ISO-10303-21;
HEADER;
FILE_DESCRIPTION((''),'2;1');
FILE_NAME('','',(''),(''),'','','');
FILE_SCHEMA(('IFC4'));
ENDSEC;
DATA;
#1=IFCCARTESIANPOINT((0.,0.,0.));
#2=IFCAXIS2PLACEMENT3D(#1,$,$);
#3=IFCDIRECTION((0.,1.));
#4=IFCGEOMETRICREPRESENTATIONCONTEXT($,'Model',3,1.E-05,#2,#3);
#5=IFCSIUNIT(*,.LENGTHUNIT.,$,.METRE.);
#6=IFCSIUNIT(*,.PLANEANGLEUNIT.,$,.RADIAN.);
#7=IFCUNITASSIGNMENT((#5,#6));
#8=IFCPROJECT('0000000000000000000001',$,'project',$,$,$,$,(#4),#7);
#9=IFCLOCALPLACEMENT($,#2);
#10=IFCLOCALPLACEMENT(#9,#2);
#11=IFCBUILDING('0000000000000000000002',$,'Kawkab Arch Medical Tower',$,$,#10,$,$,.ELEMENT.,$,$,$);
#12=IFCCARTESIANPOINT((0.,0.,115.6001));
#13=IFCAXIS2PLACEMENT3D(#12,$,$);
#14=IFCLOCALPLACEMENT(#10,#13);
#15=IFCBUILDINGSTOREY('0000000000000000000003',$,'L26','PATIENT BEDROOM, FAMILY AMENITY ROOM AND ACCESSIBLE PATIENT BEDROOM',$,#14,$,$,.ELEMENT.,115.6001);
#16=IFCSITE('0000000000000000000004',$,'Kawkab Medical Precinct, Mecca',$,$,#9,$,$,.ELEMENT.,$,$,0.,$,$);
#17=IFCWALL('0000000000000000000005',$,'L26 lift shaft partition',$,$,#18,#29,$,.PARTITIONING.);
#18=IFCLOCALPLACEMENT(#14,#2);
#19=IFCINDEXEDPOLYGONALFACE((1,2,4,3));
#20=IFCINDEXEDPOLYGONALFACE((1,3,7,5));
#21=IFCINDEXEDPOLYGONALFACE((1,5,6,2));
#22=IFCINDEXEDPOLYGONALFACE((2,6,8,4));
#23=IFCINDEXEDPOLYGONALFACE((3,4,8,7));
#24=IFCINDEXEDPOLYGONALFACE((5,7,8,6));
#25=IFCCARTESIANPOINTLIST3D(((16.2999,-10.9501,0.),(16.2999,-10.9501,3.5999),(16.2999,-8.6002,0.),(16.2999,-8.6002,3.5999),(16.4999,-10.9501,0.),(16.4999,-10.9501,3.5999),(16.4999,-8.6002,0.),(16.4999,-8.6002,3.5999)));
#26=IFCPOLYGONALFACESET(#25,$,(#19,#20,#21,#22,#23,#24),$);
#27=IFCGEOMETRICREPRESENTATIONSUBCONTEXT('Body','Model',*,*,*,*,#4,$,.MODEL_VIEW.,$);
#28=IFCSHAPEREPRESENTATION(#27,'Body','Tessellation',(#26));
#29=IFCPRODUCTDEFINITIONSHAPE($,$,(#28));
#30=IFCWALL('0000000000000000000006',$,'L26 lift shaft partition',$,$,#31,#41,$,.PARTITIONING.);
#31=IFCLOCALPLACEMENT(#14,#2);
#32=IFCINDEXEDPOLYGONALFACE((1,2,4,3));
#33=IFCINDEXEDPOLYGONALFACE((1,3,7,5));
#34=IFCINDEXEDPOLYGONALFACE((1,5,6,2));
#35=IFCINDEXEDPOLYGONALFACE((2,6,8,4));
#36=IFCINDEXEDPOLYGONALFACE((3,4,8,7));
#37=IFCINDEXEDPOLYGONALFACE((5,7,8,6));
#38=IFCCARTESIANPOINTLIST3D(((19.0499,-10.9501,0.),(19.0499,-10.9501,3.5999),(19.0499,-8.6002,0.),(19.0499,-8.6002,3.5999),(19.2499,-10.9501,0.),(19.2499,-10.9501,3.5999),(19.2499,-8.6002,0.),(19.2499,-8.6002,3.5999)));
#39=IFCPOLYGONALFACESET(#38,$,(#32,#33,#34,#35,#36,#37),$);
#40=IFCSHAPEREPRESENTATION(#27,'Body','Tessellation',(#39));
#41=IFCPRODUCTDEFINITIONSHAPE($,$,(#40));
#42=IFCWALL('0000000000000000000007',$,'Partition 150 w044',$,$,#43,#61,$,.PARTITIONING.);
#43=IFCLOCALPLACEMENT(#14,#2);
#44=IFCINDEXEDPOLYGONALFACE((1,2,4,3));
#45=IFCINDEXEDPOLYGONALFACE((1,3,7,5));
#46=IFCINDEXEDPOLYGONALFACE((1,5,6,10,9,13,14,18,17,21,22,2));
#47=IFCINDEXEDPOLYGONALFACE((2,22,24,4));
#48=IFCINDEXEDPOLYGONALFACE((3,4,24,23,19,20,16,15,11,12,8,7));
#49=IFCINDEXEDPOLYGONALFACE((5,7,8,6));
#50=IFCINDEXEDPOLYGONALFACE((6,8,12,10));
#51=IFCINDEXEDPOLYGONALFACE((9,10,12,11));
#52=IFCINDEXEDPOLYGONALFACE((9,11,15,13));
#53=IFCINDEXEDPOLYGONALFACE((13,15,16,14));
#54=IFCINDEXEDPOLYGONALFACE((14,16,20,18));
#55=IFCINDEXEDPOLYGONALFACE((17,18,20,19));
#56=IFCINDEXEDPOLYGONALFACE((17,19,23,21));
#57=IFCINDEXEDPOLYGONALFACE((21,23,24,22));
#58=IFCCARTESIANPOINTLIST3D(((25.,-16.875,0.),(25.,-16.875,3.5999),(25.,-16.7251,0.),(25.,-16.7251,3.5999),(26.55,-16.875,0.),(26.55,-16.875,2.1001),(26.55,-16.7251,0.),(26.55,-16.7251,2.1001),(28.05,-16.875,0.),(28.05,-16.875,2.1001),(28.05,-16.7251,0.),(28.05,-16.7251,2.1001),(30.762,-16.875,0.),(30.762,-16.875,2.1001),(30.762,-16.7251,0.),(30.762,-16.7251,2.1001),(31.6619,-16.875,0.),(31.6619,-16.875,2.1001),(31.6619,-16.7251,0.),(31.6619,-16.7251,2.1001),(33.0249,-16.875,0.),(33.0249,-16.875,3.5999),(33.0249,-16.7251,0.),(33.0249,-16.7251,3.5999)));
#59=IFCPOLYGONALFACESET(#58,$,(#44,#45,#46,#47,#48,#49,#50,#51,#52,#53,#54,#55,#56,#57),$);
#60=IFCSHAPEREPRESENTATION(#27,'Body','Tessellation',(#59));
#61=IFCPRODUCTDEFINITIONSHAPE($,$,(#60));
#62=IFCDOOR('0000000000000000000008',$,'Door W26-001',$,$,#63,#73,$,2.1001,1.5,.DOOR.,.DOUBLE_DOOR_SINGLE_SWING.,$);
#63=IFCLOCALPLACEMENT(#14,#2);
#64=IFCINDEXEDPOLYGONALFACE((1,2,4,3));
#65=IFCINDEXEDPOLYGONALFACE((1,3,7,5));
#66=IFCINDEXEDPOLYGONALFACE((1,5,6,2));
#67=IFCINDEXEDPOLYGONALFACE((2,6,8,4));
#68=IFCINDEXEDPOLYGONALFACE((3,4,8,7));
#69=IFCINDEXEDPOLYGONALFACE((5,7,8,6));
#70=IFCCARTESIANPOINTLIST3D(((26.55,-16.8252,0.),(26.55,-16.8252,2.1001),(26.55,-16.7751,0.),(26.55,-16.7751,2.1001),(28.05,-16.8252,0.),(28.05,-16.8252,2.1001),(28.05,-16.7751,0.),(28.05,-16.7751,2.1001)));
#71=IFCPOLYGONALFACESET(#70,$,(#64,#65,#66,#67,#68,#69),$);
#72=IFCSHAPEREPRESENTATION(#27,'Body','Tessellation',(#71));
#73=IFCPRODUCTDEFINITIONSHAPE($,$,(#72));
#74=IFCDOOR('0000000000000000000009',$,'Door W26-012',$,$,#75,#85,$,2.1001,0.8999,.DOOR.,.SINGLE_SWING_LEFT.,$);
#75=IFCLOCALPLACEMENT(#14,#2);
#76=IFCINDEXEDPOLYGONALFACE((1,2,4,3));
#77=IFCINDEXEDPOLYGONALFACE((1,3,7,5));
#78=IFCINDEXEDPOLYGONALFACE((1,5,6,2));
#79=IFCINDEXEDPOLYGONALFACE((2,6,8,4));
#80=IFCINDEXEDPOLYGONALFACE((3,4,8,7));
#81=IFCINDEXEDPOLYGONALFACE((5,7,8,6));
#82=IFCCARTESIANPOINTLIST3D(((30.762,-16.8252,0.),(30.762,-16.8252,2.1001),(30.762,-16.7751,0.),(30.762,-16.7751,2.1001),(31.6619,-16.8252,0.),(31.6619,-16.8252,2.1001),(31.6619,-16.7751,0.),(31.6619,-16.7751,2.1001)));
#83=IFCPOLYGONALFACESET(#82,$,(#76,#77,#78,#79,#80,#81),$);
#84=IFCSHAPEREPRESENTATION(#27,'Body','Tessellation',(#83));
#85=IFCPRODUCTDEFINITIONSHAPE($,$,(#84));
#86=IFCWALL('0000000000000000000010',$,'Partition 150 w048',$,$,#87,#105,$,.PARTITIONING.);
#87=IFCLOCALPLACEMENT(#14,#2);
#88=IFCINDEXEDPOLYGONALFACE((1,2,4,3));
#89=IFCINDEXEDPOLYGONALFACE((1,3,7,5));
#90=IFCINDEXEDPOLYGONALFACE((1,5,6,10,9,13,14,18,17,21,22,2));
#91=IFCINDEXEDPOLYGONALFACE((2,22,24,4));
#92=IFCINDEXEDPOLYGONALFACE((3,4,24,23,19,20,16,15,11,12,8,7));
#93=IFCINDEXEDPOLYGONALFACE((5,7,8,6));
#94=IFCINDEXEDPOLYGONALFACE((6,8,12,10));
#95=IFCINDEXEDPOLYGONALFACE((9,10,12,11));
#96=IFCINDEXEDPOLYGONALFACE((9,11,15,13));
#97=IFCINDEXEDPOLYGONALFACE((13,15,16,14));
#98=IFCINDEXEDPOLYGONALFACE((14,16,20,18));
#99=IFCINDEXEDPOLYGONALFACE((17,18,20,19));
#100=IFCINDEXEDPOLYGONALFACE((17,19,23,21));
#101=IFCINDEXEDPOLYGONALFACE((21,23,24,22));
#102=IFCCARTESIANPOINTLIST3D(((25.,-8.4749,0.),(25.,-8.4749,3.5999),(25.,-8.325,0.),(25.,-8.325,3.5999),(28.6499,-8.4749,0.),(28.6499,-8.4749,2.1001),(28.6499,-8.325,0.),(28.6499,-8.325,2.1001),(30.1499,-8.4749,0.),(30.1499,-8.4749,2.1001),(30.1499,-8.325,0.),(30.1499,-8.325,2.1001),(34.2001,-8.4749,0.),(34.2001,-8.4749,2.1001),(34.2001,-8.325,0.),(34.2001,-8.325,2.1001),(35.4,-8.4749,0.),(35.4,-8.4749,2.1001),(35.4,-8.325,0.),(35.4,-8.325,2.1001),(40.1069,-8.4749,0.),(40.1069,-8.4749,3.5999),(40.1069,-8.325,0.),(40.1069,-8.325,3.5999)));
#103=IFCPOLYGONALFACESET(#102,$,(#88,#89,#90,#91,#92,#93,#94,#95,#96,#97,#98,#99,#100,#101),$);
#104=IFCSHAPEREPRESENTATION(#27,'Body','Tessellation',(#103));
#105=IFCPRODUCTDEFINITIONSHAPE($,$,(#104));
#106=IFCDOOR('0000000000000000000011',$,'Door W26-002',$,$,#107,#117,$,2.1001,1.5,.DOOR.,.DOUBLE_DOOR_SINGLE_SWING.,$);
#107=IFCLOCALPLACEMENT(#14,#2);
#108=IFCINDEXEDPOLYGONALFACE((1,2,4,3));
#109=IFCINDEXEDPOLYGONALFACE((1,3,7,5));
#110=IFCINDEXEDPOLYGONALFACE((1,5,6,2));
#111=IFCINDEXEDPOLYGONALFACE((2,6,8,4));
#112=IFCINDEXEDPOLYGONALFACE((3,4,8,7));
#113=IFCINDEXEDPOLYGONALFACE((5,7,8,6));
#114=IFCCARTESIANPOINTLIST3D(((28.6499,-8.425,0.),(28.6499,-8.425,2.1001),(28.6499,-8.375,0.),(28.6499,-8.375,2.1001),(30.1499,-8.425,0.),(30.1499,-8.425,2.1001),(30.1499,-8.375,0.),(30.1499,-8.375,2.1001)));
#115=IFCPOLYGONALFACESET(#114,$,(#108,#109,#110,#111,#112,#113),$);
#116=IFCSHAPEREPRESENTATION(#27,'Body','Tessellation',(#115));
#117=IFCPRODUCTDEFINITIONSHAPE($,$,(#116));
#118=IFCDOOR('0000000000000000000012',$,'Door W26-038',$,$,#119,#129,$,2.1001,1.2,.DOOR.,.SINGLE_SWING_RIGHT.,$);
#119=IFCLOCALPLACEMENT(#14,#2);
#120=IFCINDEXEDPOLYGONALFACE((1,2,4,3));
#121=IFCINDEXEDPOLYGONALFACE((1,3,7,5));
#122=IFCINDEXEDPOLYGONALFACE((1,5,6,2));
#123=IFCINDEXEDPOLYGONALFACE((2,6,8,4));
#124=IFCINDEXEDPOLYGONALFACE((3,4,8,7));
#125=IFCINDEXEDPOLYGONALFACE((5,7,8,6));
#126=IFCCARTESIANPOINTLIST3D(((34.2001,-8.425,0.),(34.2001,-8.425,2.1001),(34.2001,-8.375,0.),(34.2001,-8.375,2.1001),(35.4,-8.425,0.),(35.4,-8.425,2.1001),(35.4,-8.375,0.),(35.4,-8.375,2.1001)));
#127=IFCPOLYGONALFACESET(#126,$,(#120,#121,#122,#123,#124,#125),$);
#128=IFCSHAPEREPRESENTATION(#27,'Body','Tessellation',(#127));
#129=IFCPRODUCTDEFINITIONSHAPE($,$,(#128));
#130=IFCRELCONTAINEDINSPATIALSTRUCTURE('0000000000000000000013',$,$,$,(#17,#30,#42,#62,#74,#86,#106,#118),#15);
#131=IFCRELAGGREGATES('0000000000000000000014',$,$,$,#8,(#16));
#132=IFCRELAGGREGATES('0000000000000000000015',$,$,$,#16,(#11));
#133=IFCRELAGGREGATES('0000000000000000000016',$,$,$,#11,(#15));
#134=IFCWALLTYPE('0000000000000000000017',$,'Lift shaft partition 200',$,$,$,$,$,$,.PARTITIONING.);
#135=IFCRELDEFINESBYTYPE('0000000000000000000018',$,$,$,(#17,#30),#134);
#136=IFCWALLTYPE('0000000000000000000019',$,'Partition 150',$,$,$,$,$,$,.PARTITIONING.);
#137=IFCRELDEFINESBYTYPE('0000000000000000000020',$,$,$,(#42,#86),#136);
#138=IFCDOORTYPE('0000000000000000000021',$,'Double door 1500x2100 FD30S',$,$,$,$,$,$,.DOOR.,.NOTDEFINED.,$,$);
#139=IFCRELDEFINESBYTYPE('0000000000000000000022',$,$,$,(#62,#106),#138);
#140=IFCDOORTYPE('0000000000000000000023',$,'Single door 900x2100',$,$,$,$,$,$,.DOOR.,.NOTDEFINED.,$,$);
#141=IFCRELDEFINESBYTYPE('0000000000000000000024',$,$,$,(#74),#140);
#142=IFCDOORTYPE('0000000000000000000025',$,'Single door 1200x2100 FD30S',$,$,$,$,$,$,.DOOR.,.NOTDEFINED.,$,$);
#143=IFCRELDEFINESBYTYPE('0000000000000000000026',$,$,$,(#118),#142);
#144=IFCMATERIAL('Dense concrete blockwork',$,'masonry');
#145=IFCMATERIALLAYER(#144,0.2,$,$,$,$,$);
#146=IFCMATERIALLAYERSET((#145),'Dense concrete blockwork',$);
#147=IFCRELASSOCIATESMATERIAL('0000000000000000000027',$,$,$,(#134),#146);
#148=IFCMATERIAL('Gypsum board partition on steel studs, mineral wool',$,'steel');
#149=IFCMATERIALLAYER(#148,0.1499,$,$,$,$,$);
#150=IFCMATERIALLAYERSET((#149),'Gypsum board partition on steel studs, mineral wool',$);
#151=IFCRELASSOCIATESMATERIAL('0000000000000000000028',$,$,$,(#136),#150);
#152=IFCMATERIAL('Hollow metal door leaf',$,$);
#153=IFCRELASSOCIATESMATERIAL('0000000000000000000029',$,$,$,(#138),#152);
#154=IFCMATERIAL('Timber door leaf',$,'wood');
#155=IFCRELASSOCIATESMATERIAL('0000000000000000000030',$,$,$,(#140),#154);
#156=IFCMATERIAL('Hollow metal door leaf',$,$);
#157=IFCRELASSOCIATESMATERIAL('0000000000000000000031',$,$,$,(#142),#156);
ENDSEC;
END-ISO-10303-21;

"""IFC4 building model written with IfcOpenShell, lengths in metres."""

from ifc_helpers import new_model, si_unit, direction, frame, frame_2d, origin, place, context, subcontext, project, spatial, rectangle, extrude, material, layer, layer_set, type_object, element, fill, save


model = new_model("IFC4")

# Units and contexts
model_context = context("Model", 3, precision=1e-05, world=origin(), true_north=direction((0.0, 1.0)))
body_context = subcontext(model_context, "Body", "Model", "MODEL_VIEW")
ifc_project = project(units=[si_unit("LENGTHUNIT", "METRE"), si_unit("PLANEANGLEUNIT", "RADIAN")], contexts=[model_context])

# Site, building, storey
site_placement = place(None, origin())
site = spatial("IfcSite", under=ifc_project, at=site_placement, Name="Kawkab Medical Precinct, Mecca", CompositionType="ELEMENT", RefElevation=0.0)
building_placement = place(site_placement, origin())
building = spatial("IfcBuilding", under=site, at=building_placement, Name="Kawkab Arch Medical Tower", CompositionType="ELEMENT")
storey_placement = place(building_placement, frame((0.0, 0.0, 115.6001)))
storey = spatial("IfcBuildingStorey", under=building, at=storey_placement, Name="L26", Description="PATIENT BEDROOM, FAMILY AMENITY ROOM AND ACCESSIBLE PATIENT BEDROOM", CompositionType="ELEMENT", Elevation=115.6001)

# Walls
ifc_material_1 = material(Name="Dense concrete blockwork", Category="masonry")
ifc_layer_1 = layer(ifc_material_1, 0.2)
ifc_layer_set_1 = layer_set([ifc_layer_1], Name="Dense concrete blockwork")
wall_type_1 = type_object("IfcWallType", Name="Lift shaft partition 200", PredefinedType="PARTITIONING", material=ifc_layer_set_1)
for number, where, z_axis, x_axis, name in (
    (1, (16.3999, -10.95, 0.0), (0.0, 0.0, 1.0), (0.0, 1.0, 0.0), "L26 lift shaft partition"),
    (2, (19.1499, -10.95, 0.0), (0.0, 0.0, 1.0), (0.0, 1.0, 0.0), "L26 lift shaft partition"),
):
    element("IfcWall", number, at=place(storey_placement, frame(where, z_axis=z_axis, x_axis=x_axis)), inside=storey, type_object=wall_type_1, Name=name, PredefinedType="PARTITIONING", context=body_context, shape_type="SweptSolid", body=[
        extrude(rectangle(XDim=2.3499, YDim=0.2, at=frame_2d((1.1748, 0.0))), origin(), (0.0, 0.0, 1.0), 3.5999),
    ])

# Walls, openings, doors
ifc_material_2 = material(Name="Gypsum board partition on steel studs, mineral wool", Category="steel")
ifc_layer_2 = layer(ifc_material_2, 0.1499)
ifc_layer_set_2 = layer_set([ifc_layer_2], Name="Gypsum board partition on steel studs, mineral wool")
wall_type_2 = type_object("IfcWallType", Name="Partition 150", PredefinedType="PARTITIONING", material=ifc_layer_set_2)
wall_1_placement = place(storey_placement, frame((25.0, -16.8, 0.0), z_axis=(0.0, 0.0, 1.0), x_axis=(1.0, 0.0, 0.0)))
wall_1 = element("IfcWall", 3, at=wall_1_placement, inside=storey, type_object=wall_type_2, Name="Partition 150 w044", PredefinedType="PARTITIONING", context=body_context, shape_type="SweptSolid", body=[
    extrude(rectangle(XDim=8.0249, YDim=0.1499, at=frame_2d((4.0125, 0.0))), origin(), (0.0, 0.0, 1.0), 3.5999),
])
opening_1_placement = place(wall_1_placement, frame((1.55, 0.0, 0.0)))
opening_1 = element("IfcOpeningElement", 4, at=opening_1_placement, cuts=wall_1, PredefinedType="OPENING", context=body_context, shape_type="SweptSolid", body=[
    extrude(rectangle(XDim=1.5, YDim=2.1001, at=frame_2d((0.75, 1.05))), frame((0.0, 0.085, 0.0), z_axis=(0.0, -1.0, 0.0), x_axis=(1.0, 0.0, 0.0)), (0.0, 0.0, 1.0), 0.1699),
])
opening_2_placement = place(wall_1_placement, frame((5.762, 0.0, 0.0)))
opening_2 = element("IfcOpeningElement", 5, at=opening_2_placement, cuts=wall_1, PredefinedType="OPENING", context=body_context, shape_type="SweptSolid", body=[
    extrude(rectangle(XDim=0.8999, YDim=2.1001, at=frame_2d((0.45, 1.05))), frame((0.0, 0.085, 0.0), z_axis=(0.0, -1.0, 0.0), x_axis=(1.0, 0.0, 0.0)), (0.0, 0.0, 1.0), 0.1699),
])
ifc_material_3 = material(Name="Hollow metal door leaf")
door_type_1 = type_object("IfcDoorType", Name="Double door 1500x2100 FD30S", OperationType="NOTDEFINED", PredefinedType="DOOR", material=ifc_material_3)
door_1_placement = place(opening_1_placement, origin())
door_1 = element("IfcDoor", 6, at=door_1_placement, inside=storey, type_object=door_type_1, Name="Door W26-001", OperationType="DOUBLE_DOOR_SINGLE_SWING", OverallHeight=2.1001, OverallWidth=1.5, PredefinedType="DOOR", context=body_context, shape_type="SweptSolid", body=[
    extrude(rectangle(XDim=1.5, YDim=2.1001, at=frame_2d((0.75, 1.05))), frame((0.0, 0.0249, 0.0), z_axis=(0.0, -1.0, 0.0), x_axis=(1.0, 0.0, 0.0)), (0.0, 0.0, 1.0), 0.05),
])
fill(opening_1, door_1)
ifc_material_4 = material(Name="Timber door leaf", Category="wood")
door_type_2 = type_object("IfcDoorType", Name="Single door 900x2100", OperationType="NOTDEFINED", PredefinedType="DOOR", material=ifc_material_4)
door_2_placement = place(opening_2_placement, origin())
door_2 = element("IfcDoor", 7, at=door_2_placement, inside=storey, type_object=door_type_2, Name="Door W26-012", OperationType="SINGLE_SWING_LEFT", OverallHeight=2.1001, OverallWidth=0.8999, PredefinedType="DOOR", context=body_context, shape_type="SweptSolid", body=[
    extrude(rectangle(XDim=0.8999, YDim=2.1001, at=frame_2d((0.45, 1.05))), frame((0.0, 0.0249, 0.0), z_axis=(0.0, -1.0, 0.0), x_axis=(1.0, 0.0, 0.0)), (0.0, 0.0, 1.0), 0.05),
])
fill(opening_2, door_2)
wall_2_placement = place(storey_placement, frame((25.0, -8.3999, 0.0), z_axis=(0.0, 0.0, 1.0), x_axis=(1.0, 0.0, 0.0)))
wall_2 = element("IfcWall", 8, at=wall_2_placement, inside=storey, type_object=wall_type_2, Name="Partition 150 w048", PredefinedType="PARTITIONING", context=body_context, shape_type="SweptSolid", body=[
    extrude(rectangle(XDim=15.1069, YDim=0.1499, at=frame_2d((7.5535, 0.0))), origin(), (0.0, 0.0, 1.0), 3.5999),
])
opening_3_placement = place(wall_2_placement, frame((3.6499, 0.0, 0.0)))
opening_3 = element("IfcOpeningElement", 9, at=opening_3_placement, cuts=wall_2, PredefinedType="OPENING", context=body_context, shape_type="SweptSolid", body=[
    extrude(rectangle(XDim=1.5, YDim=2.1001, at=frame_2d((0.75, 1.05))), frame((0.0, 0.085, 0.0), z_axis=(0.0, -1.0, 0.0), x_axis=(1.0, 0.0, 0.0)), (0.0, 0.0, 1.0), 0.1699),
])
opening_4_placement = place(wall_2_placement, frame((9.2, 0.0, 0.0)))
opening_4 = element("IfcOpeningElement", 10, at=opening_4_placement, cuts=wall_2, PredefinedType="OPENING", context=body_context, shape_type="SweptSolid", body=[
    extrude(rectangle(XDim=1.2, YDim=2.1001, at=frame_2d((0.6001, 1.05))), frame((0.0, 0.085, 0.0), z_axis=(0.0, -1.0, 0.0), x_axis=(1.0, 0.0, 0.0)), (0.0, 0.0, 1.0), 0.1699),
])
door_3_placement = place(opening_3_placement, origin())
door_3 = element("IfcDoor", 11, at=door_3_placement, inside=storey, type_object=door_type_1, Name="Door W26-002", OperationType="DOUBLE_DOOR_SINGLE_SWING", OverallHeight=2.1001, OverallWidth=1.5, PredefinedType="DOOR", context=body_context, shape_type="SweptSolid", body=[
    extrude(rectangle(XDim=1.5, YDim=2.1001, at=frame_2d((0.75, 1.05))), frame((0.0, 0.0249, 0.0), z_axis=(0.0, -1.0, 0.0), x_axis=(1.0, 0.0, 0.0)), (0.0, 0.0, 1.0), 0.05),
])
fill(opening_3, door_3)
ifc_material_5 = material(Name="Hollow metal door leaf")
door_type_3 = type_object("IfcDoorType", Name="Single door 1200x2100 FD30S", OperationType="NOTDEFINED", PredefinedType="DOOR", material=ifc_material_5)
door_4_placement = place(opening_4_placement, origin())
door_4 = element("IfcDoor", 12, at=door_4_placement, inside=storey, type_object=door_type_3, Name="Door W26-038", OperationType="SINGLE_SWING_RIGHT", OverallHeight=2.1001, OverallWidth=1.2, PredefinedType="DOOR", context=body_context, shape_type="SweptSolid", body=[
    extrude(rectangle(XDim=1.2, YDim=2.1001, at=frame_2d((0.6001, 1.05))), frame((0.0, 0.0249, 0.0), z_axis=(0.0, -1.0, 0.0), x_axis=(1.0, 0.0, 0.0)), (0.0, 0.0, 1.0), 0.05),
])
fill(opening_4, door_4)

save(model, "model.ifc")
